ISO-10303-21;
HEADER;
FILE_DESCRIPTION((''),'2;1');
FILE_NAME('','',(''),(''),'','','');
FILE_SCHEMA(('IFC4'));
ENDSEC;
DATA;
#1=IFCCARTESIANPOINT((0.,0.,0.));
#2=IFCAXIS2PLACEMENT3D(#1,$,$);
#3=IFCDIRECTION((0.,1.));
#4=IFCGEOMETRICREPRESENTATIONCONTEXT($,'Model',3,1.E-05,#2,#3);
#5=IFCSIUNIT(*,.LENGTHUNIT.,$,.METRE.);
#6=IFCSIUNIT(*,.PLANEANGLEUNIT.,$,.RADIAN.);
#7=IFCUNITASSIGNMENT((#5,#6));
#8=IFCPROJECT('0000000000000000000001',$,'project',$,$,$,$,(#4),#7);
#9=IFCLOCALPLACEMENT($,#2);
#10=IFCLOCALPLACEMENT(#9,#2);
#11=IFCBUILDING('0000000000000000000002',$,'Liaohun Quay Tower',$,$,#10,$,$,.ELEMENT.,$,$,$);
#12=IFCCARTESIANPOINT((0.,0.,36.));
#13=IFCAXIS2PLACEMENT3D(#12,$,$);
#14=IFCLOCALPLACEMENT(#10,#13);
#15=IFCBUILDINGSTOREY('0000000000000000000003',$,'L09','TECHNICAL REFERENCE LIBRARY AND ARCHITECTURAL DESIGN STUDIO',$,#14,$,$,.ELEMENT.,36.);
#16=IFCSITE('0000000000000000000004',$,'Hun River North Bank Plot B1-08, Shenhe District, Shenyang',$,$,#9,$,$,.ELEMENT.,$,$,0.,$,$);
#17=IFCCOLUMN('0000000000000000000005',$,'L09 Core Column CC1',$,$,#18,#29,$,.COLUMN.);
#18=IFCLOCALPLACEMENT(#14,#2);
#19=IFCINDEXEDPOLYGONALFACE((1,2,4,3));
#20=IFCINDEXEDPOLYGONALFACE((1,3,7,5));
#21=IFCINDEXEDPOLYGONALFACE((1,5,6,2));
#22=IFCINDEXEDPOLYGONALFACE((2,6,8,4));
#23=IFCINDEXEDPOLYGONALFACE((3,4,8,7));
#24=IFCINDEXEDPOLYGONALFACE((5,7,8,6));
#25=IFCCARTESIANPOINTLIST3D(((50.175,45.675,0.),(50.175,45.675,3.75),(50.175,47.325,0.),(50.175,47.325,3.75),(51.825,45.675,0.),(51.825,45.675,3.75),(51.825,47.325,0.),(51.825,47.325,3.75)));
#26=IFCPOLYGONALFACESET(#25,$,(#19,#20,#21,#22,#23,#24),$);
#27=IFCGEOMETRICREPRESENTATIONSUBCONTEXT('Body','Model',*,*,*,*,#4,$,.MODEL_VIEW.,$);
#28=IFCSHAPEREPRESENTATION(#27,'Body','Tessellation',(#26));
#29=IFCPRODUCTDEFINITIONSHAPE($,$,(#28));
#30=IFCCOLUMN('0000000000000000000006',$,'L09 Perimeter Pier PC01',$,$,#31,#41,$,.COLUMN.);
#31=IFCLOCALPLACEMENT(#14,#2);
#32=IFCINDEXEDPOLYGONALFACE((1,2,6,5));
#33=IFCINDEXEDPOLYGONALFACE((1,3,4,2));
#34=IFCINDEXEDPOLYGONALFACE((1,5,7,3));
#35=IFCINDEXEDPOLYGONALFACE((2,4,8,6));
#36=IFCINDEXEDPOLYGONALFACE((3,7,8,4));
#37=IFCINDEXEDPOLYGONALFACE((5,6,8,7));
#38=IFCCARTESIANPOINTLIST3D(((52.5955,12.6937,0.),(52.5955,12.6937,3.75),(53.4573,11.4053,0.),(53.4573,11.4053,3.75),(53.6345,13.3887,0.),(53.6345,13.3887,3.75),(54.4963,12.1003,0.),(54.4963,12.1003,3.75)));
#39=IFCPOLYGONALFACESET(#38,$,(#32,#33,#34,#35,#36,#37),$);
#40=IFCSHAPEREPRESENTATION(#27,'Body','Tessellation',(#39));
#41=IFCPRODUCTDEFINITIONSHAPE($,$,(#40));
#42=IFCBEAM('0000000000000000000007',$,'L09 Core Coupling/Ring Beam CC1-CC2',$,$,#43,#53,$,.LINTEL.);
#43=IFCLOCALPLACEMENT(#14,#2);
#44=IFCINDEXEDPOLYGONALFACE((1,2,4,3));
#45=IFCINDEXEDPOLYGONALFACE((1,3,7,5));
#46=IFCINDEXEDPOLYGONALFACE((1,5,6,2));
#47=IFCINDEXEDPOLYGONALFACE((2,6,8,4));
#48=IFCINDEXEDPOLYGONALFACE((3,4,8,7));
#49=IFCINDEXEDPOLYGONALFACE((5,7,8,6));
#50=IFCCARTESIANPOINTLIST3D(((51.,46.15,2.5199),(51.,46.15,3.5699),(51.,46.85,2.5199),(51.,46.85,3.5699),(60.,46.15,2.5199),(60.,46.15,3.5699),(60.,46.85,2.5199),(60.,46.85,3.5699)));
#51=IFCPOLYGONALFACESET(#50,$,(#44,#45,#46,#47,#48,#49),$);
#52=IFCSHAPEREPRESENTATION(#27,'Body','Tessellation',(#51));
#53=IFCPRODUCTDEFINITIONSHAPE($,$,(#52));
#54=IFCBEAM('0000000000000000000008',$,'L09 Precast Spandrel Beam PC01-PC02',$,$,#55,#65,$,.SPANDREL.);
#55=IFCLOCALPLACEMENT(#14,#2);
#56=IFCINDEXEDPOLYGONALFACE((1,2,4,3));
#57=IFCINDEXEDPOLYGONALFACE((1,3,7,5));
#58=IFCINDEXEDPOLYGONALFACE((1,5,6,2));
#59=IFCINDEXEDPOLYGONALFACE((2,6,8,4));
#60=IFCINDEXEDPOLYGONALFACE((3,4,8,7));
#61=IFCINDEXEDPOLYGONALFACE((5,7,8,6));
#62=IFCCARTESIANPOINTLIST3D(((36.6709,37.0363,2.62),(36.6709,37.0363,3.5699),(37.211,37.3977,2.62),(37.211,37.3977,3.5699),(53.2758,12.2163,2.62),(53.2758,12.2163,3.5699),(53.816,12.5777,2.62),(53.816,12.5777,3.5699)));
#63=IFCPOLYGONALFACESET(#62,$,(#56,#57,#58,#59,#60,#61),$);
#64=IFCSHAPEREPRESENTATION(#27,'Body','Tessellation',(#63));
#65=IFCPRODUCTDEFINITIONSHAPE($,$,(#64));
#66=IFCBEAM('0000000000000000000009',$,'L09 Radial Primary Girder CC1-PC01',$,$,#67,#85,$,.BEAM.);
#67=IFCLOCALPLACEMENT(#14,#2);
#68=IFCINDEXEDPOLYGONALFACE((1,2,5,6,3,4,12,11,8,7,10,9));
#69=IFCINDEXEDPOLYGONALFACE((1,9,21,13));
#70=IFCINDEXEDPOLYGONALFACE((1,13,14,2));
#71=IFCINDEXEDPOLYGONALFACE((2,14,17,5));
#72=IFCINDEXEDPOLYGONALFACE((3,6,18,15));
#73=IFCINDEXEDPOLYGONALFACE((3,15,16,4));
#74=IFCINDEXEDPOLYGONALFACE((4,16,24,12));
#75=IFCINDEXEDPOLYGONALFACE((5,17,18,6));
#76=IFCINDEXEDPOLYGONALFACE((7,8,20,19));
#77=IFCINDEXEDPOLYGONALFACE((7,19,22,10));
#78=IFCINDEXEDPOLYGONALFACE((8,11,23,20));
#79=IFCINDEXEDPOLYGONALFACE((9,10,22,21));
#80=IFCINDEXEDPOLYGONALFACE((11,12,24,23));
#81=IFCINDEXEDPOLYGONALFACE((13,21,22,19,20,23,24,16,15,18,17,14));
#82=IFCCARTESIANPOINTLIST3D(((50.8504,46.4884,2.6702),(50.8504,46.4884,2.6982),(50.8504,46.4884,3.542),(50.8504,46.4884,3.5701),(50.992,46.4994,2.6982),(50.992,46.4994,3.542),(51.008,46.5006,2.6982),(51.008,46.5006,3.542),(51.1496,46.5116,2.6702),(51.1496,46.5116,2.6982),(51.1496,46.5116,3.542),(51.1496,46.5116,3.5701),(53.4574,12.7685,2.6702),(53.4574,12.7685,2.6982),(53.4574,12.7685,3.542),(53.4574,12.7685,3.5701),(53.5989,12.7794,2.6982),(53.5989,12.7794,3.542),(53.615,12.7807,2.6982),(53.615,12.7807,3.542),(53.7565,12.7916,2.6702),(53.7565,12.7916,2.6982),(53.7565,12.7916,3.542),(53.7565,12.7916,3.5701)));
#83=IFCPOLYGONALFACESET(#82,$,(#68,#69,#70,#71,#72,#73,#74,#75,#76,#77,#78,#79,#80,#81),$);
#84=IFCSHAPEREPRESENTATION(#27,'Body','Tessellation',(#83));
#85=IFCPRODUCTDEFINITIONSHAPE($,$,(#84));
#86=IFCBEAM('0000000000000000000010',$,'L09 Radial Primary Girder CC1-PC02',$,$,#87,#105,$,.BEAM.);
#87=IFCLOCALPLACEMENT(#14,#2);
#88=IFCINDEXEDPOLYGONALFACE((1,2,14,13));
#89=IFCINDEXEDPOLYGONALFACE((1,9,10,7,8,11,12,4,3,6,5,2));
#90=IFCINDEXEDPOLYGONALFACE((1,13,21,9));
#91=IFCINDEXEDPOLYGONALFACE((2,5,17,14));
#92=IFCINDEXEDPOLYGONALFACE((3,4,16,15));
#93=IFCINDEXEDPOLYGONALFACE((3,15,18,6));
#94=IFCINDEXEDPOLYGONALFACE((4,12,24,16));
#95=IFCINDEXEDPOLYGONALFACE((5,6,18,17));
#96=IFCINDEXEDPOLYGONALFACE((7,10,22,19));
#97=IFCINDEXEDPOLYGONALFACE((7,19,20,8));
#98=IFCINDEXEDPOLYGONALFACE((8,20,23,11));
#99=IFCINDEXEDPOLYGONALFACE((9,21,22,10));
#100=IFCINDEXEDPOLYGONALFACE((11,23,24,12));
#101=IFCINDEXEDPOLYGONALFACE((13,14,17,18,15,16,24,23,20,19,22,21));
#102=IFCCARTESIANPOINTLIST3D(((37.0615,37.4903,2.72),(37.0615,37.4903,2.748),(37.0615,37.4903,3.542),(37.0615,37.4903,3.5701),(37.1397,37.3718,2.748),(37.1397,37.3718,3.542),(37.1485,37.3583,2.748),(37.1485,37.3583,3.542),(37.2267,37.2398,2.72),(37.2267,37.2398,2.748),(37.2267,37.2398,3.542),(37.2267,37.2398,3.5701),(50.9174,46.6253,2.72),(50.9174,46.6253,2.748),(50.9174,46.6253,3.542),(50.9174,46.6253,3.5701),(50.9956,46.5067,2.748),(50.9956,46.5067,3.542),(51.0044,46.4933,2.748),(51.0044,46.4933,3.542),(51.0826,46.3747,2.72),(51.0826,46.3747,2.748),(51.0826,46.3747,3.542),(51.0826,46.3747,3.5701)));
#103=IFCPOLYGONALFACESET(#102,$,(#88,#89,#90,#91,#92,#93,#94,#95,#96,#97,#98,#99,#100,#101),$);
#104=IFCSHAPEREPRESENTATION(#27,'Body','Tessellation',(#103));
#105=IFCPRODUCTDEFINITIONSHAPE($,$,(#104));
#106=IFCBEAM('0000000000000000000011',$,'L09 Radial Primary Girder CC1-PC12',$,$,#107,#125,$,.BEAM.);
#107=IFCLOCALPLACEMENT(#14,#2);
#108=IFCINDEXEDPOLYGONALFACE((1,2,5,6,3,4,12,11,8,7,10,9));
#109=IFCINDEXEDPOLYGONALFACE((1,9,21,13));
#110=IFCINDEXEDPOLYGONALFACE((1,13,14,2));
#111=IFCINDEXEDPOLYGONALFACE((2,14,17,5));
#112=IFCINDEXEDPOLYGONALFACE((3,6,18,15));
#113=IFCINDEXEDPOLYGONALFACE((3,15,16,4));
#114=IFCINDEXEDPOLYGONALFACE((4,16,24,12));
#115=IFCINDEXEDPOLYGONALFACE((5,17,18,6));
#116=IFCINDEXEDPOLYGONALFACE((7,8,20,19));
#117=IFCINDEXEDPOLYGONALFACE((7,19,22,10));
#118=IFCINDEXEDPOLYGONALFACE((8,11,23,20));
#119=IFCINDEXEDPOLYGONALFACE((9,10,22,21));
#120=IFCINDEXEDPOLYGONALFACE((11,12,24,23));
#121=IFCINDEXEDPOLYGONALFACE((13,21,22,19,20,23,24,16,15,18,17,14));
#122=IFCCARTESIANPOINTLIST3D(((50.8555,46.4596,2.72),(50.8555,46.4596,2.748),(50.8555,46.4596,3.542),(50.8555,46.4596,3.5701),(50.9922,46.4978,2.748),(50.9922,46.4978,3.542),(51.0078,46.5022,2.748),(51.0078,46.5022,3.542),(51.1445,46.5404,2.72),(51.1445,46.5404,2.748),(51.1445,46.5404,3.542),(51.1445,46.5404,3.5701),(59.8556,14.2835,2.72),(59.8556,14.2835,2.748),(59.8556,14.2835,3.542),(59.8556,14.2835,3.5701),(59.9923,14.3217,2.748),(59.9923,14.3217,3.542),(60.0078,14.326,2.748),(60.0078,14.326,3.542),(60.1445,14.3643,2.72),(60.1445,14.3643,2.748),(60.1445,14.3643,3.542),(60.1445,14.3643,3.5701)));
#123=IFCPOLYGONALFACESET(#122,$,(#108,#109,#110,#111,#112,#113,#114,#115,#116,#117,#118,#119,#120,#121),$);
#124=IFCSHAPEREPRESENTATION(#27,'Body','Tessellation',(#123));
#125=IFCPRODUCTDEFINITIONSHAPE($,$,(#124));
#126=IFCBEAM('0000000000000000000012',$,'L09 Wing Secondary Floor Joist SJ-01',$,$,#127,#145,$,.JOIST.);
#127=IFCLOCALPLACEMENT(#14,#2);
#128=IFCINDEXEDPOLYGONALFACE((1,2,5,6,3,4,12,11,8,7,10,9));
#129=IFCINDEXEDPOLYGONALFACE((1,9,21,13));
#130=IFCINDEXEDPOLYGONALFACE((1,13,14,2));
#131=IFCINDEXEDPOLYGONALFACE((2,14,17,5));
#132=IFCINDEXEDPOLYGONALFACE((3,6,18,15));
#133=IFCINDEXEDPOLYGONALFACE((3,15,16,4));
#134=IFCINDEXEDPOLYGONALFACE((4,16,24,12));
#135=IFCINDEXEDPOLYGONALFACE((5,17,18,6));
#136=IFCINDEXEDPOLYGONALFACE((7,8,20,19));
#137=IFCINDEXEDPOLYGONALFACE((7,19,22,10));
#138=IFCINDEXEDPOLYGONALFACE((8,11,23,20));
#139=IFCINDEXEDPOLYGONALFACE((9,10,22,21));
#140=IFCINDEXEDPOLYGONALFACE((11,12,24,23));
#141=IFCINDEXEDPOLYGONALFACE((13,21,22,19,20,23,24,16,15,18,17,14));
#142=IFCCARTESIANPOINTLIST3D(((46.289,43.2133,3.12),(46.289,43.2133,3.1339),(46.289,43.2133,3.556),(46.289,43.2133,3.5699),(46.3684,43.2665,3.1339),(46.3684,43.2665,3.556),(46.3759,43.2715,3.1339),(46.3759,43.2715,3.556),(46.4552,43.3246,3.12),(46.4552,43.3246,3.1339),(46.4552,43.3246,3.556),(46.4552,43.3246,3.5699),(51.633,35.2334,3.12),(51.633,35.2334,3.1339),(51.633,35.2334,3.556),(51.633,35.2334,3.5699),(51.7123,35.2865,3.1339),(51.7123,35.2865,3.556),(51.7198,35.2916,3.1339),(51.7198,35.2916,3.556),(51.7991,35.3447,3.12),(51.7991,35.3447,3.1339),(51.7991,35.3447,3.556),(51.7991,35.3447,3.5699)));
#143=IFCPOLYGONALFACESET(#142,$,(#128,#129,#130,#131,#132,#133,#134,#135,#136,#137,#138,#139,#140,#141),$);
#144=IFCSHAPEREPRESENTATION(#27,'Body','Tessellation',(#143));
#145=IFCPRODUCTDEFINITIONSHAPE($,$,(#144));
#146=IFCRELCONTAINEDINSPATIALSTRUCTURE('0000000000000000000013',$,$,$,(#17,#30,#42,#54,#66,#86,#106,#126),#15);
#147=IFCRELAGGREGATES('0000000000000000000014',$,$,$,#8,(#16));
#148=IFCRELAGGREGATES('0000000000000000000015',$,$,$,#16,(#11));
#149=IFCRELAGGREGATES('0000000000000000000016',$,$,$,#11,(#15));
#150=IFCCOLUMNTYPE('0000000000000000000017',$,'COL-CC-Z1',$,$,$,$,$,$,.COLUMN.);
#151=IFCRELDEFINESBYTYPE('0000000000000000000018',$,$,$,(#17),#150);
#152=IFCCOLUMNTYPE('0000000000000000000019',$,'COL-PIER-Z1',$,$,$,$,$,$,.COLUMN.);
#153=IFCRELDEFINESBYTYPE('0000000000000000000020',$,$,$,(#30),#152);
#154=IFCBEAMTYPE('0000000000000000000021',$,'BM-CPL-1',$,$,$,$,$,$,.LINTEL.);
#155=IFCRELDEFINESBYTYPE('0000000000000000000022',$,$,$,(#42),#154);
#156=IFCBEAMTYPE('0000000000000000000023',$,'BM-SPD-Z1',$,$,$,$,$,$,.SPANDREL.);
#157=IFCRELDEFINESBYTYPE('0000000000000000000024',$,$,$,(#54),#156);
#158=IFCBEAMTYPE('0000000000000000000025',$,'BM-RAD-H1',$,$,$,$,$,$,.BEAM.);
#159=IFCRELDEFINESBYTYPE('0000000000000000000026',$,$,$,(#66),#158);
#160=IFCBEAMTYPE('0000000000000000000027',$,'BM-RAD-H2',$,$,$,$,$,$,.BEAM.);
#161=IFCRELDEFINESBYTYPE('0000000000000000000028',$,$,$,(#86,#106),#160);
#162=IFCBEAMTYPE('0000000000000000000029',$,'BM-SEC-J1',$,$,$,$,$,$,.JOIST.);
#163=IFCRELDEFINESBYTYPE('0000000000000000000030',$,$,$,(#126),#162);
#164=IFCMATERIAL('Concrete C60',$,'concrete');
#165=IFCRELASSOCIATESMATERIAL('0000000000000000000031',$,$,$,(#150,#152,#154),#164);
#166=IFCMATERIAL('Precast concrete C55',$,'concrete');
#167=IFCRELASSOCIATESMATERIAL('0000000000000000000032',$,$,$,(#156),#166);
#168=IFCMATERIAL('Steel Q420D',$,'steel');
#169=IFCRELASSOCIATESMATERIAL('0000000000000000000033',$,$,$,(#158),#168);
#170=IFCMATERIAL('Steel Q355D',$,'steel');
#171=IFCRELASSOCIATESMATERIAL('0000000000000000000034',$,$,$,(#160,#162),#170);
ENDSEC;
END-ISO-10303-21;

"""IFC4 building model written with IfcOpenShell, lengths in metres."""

from ifc_helpers import new_model, si_unit, direction, frame, origin, origin_2d, place, context, subcontext, project, spatial, rectangle, i_section, extrude, source, transform, mapped, material, material_profile, profile_set, type_object, element, save


model = new_model("IFC4")

# Units and contexts
model_context = context("Model", 3, precision=1e-05, world=origin(), true_north=direction((0.0, 1.0)))
body_context = subcontext(model_context, "Body", "Model", "MODEL_VIEW")
ifc_project = project(units=[si_unit("LENGTHUNIT", "METRE"), si_unit("PLANEANGLEUNIT", "RADIAN")], contexts=[model_context])

# Site, building, storey
site_placement = place(None, origin())
site = spatial("IfcSite", under=ifc_project, at=site_placement, Name="Hun River North Bank Plot B1-08, Shenhe District, Shenyang", CompositionType="ELEMENT", RefElevation=0.0)
building_placement = place(site_placement, origin())
building = spatial("IfcBuilding", under=site, at=building_placement, Name="Liaohun Quay Tower", CompositionType="ELEMENT")
storey_placement = place(building_placement, frame((0.0, 0.0, 36.0)))
storey = spatial("IfcBuildingStorey", under=building, at=storey_placement, Name="L09", Description="TECHNICAL REFERENCE LIBRARY AND ARCHITECTURAL DESIGN STUDIO", CompositionType="ELEMENT", Elevation=36.0)

# Columns
ifc_material_1 = material(Name="Concrete C60", Category="concrete")
ifc_material_profile_1 = material_profile(ifc_material_1, rectangle(XDim=1.6499, YDim=1.6499, at=origin_2d()), Name="RC1650x1650")
ifc_profile_set_1 = profile_set([ifc_material_profile_1], Name="Concrete C60")
column_type_1 = type_object("IfcColumnType", Name="COL-CC-Z1", PredefinedType="COLUMN", material=ifc_profile_set_1)
shared_shape_1 = source(origin(), body_context, "Body", "SweptSolid", [
    extrude(rectangle(XDim=1.6499, YDim=1.6499, at=origin_2d()), origin(), (0.0, 0.0, 1.0), 3.75),
])
column_1_placement = place(storey_placement, frame((51.0, 46.5, 0.0), z_axis=(0.0, 0.0, 1.0), x_axis=(1.0, 0.0, 0.0)))
element("IfcColumn", 1, at=column_1_placement, inside=storey, type_object=column_type_1, Name="L09 Core Column CC1", PredefinedType="COLUMN", context=body_context, shape_type="MappedRepresentation", body=[
    mapped(shared_shape_1, transform((0.0, 0.0, 0.0), x_axis=(1.0, 0.0, 0.0), y_axis=(0.0, 1.0, 0.0), z_axis=(0.0, 0.0, 1.0), scale=1.0)),
])
ifc_material_profile_2 = material_profile(ifc_material_1, rectangle(XDim=1.55, YDim=1.25, at=origin_2d()), Name="RC1550x1250")
ifc_profile_set_2 = profile_set([ifc_material_profile_2], Name="Concrete C60")
column_type_2 = type_object("IfcColumnType", Name="COL-PIER-Z1", PredefinedType="COLUMN", material=ifc_profile_set_2)
shared_shape_2 = source(origin(), body_context, "Body", "SweptSolid", [
    extrude(rectangle(XDim=1.55, YDim=1.25, at=origin_2d()), origin(), (0.0, 0.0, 1.0), 3.75),
])
column_2_placement = place(storey_placement, frame((53.5459, 12.397, 0.0), z_axis=(0.0, 0.0, 1.0), x_axis=(-0.556006, 0.831179, 0.0)))
element("IfcColumn", 2, at=column_2_placement, inside=storey, type_object=column_type_2, Name="L09 Perimeter Pier PC01", PredefinedType="COLUMN", context=body_context, shape_type="MappedRepresentation", body=[
    mapped(shared_shape_2, transform((0.0, 0.0, 0.0), x_axis=(1.0, 0.0, 0.0), y_axis=(0.0, 1.0, 0.0), z_axis=(0.0, 0.0, 1.0), scale=1.0)),
])

# Beams
ifc_material_profile_3 = material_profile(ifc_material_1, rectangle(XDim=0.7, YDim=1.05, at=origin_2d()), Name="RC700x1050")
ifc_profile_set_3 = profile_set([ifc_material_profile_3], Name="Concrete C60")
beam_type_1 = type_object("IfcBeamType", Name="BM-CPL-1", PredefinedType="LINTEL", material=ifc_profile_set_3)
shared_shape_3 = source(origin(), body_context, "Body", "SweptSolid", [
    extrude(rectangle(XDim=0.7, YDim=1.05, at=origin_2d()), origin(), (0.0, 0.0, 1.0), 9.0),
])
beam_1_placement = place(storey_placement, frame((51.0, 46.5, 3.0449), z_axis=(1.0, 0.0, 0.0), x_axis=(0.0, 1.0, 0.0)))
element("IfcBeam", 3, at=beam_1_placement, inside=storey, type_object=beam_type_1, Name="L09 Core Coupling/Ring Beam CC1-CC2", PredefinedType="LINTEL", context=body_context, shape_type="MappedRepresentation", body=[
    mapped(shared_shape_3, transform((0.0, 0.0, 0.0), x_axis=(1.0, 0.0, 0.0), y_axis=(0.0, 1.0, 0.0), z_axis=(0.0, 0.0, 1.0), scale=1.0)),
])
ifc_material_2 = material(Name="Precast concrete C55", Category="concrete")
ifc_material_profile_4 = material_profile(ifc_material_2, rectangle(XDim=0.6499, YDim=0.95, at=origin_2d()), Name="RC650x950")
ifc_profile_set_4 = profile_set([ifc_material_profile_4], Name="Precast concrete C55")
beam_type_2 = type_object("IfcBeamType", Name="BM-SPD-Z1", PredefinedType="SPANDREL", material=ifc_profile_set_4)
shared_shape_4 = source(origin(), body_context, "Body", "SweptSolid", [
    extrude(rectangle(XDim=0.6499, YDim=0.95, at=origin_2d()), origin(), (0.0, 0.0, 1.0), 29.8623),
])
beam_2_placement = place(storey_placement, frame((53.5459, 12.397, 3.095), z_axis=(-0.55605, 0.831149, 0.0), x_axis=(-0.831149, -0.55605, 0.0)))
element("IfcBeam", 4, at=beam_2_placement, inside=storey, type_object=beam_type_2, Name="L09 Precast Spandrel Beam PC01-PC02", PredefinedType="SPANDREL", context=body_context, shape_type="MappedRepresentation", body=[
    mapped(shared_shape_4, transform((0.0, 0.0, 0.0), x_axis=(1.0, 0.0, 0.0), y_axis=(0.0, 1.0, 0.0), z_axis=(0.0, 0.0, 1.0), scale=1.0)),
])
ifc_material_3 = material(Name="Steel Q420D", Category="steel")
ifc_material_profile_5 = material_profile(ifc_material_3, i_section(OverallWidth=0.3, OverallDepth=0.8999, WebThickness=0.0161, FlangeThickness=0.0281, at=origin_2d()), Name="HN900x300x16x28")
ifc_profile_set_5 = profile_set([ifc_material_profile_5], Name="Steel Q420D")
beam_type_3 = type_object("IfcBeamType", Name="BM-RAD-H1", PredefinedType="BEAM", material=ifc_profile_set_5)
shared_shape_5 = source(origin(), body_context, "Body", "SweptSolid", [
    extrude(i_section(OverallWidth=0.3, OverallDepth=0.8999, WebThickness=0.0161, FlangeThickness=0.0281, at=origin_2d()), origin(), (0.0, 0.0, 1.0), 33.8206),
])
beam_3_placement = place(storey_placement, frame((51.0, 46.5, 3.1201), z_axis=(0.077081, -0.997025, 0.0), x_axis=(0.997025, 0.077081, 0.0)))
element("IfcBeam", 5, at=beam_3_placement, inside=storey, type_object=beam_type_3, Name="L09 Radial Primary Girder CC1-PC01", PredefinedType="BEAM", context=body_context, shape_type="MappedRepresentation", body=[
    mapped(shared_shape_5, transform((0.0, 0.0, 0.0), x_axis=(1.0, 0.0, 0.0), y_axis=(0.0, 1.0, 0.0), z_axis=(0.0, 0.0, 1.0), scale=1.0)),
])
ifc_material_4 = material(Name="Steel Q355D", Category="steel")
ifc_material_profile_6 = material_profile(ifc_material_4, i_section(OverallWidth=0.3, OverallDepth=0.8501, WebThickness=0.0161, FlangeThickness=0.0281, at=origin_2d()), Name="HN850x300x16x28")
ifc_profile_set_6 = profile_set([ifc_material_profile_6], Name="Steel Q355D")
beam_type_4 = type_object("IfcBeamType", Name="BM-RAD-H2", PredefinedType="BEAM", material=ifc_profile_set_6)
shared_shape_6 = source(origin(), body_context, "Body", "SweptSolid", [
    extrude(i_section(OverallWidth=0.3, OverallDepth=0.8501, WebThickness=0.0161, FlangeThickness=0.0281, at=origin_2d()), origin(), (0.0, 0.0, 1.0), 16.5962),
])
beam_4_placement = place(storey_placement, frame((51.0, 46.5, 3.145), z_axis=(-0.834884, -0.550426, 0.0), x_axis=(0.550426, -0.834884, 0.0)))
element("IfcBeam", 6, at=beam_4_placement, inside=storey, type_object=beam_type_4, Name="L09 Radial Primary Girder CC1-PC02", PredefinedType="BEAM", context=body_context, shape_type="MappedRepresentation", body=[
    mapped(shared_shape_6, transform((0.0, 0.0, 0.0), x_axis=(1.0, 0.0, 0.0), y_axis=(0.0, 1.0, 0.0), z_axis=(0.0, 0.0, 1.0), scale=1.0)),
])
shared_shape_7 = source(origin(), body_context, "Body", "SweptSolid", [
    extrude(i_section(OverallWidth=0.3, OverallDepth=0.8501, WebThickness=0.0161, FlangeThickness=0.0281, at=origin_2d()), origin(), (0.0, 0.0, 1.0), 33.4111),
])
beam_5_placement = place(storey_placement, frame((51.0, 46.5, 3.145), z_axis=(0.269372, -0.963036, 0.0), x_axis=(0.963036, 0.269372, 0.0)))
element("IfcBeam", 7, at=beam_5_placement, inside=storey, type_object=beam_type_4, Name="L09 Radial Primary Girder CC1-PC12", PredefinedType="BEAM", context=body_context, shape_type="MappedRepresentation", body=[
    mapped(shared_shape_7, transform((0.0, 0.0, 0.0), x_axis=(1.0, 0.0, 0.0), y_axis=(0.0, 1.0, 0.0), z_axis=(0.0, 0.0, 1.0), scale=1.0)),
])
ifc_material_profile_7 = material_profile(ifc_material_4, i_section(OverallWidth=0.2, OverallDepth=0.45, WebThickness=0.009, FlangeThickness=0.0139, at=origin_2d()), Name="HN450x200x9x14")
ifc_profile_set_7 = profile_set([ifc_material_profile_7], Name="Steel Q355D")
beam_type_5 = type_object("IfcBeamType", Name="BM-SEC-J1", PredefinedType="JOIST", material=ifc_profile_set_7)
shared_shape_8 = source(origin(), body_context, "Body", "SweptSolid", [
    extrude(i_section(OverallWidth=0.2, OverallDepth=0.45, WebThickness=0.009, FlangeThickness=0.0139, at=origin_2d()), origin(), (0.0, 0.0, 1.0), 9.604),
])
beam_6_placement = place(storey_placement, frame((51.7161, 35.2891, 3.345), z_axis=(-0.55643, 0.830895, 0.0), x_axis=(-0.830895, -0.55643, 0.0)))
element("IfcBeam", 8, at=beam_6_placement, inside=storey, type_object=beam_type_5, Name="L09 Wing Secondary Floor Joist SJ-01", PredefinedType="JOIST", context=body_context, shape_type="MappedRepresentation", body=[
    mapped(shared_shape_8, transform((0.0, 0.0, 0.0), x_axis=(1.0, 0.0, 0.0), y_axis=(0.0, 1.0, 0.0), z_axis=(0.0, 0.0, 1.0), scale=1.0)),
])

save(model, "model.ifc")
